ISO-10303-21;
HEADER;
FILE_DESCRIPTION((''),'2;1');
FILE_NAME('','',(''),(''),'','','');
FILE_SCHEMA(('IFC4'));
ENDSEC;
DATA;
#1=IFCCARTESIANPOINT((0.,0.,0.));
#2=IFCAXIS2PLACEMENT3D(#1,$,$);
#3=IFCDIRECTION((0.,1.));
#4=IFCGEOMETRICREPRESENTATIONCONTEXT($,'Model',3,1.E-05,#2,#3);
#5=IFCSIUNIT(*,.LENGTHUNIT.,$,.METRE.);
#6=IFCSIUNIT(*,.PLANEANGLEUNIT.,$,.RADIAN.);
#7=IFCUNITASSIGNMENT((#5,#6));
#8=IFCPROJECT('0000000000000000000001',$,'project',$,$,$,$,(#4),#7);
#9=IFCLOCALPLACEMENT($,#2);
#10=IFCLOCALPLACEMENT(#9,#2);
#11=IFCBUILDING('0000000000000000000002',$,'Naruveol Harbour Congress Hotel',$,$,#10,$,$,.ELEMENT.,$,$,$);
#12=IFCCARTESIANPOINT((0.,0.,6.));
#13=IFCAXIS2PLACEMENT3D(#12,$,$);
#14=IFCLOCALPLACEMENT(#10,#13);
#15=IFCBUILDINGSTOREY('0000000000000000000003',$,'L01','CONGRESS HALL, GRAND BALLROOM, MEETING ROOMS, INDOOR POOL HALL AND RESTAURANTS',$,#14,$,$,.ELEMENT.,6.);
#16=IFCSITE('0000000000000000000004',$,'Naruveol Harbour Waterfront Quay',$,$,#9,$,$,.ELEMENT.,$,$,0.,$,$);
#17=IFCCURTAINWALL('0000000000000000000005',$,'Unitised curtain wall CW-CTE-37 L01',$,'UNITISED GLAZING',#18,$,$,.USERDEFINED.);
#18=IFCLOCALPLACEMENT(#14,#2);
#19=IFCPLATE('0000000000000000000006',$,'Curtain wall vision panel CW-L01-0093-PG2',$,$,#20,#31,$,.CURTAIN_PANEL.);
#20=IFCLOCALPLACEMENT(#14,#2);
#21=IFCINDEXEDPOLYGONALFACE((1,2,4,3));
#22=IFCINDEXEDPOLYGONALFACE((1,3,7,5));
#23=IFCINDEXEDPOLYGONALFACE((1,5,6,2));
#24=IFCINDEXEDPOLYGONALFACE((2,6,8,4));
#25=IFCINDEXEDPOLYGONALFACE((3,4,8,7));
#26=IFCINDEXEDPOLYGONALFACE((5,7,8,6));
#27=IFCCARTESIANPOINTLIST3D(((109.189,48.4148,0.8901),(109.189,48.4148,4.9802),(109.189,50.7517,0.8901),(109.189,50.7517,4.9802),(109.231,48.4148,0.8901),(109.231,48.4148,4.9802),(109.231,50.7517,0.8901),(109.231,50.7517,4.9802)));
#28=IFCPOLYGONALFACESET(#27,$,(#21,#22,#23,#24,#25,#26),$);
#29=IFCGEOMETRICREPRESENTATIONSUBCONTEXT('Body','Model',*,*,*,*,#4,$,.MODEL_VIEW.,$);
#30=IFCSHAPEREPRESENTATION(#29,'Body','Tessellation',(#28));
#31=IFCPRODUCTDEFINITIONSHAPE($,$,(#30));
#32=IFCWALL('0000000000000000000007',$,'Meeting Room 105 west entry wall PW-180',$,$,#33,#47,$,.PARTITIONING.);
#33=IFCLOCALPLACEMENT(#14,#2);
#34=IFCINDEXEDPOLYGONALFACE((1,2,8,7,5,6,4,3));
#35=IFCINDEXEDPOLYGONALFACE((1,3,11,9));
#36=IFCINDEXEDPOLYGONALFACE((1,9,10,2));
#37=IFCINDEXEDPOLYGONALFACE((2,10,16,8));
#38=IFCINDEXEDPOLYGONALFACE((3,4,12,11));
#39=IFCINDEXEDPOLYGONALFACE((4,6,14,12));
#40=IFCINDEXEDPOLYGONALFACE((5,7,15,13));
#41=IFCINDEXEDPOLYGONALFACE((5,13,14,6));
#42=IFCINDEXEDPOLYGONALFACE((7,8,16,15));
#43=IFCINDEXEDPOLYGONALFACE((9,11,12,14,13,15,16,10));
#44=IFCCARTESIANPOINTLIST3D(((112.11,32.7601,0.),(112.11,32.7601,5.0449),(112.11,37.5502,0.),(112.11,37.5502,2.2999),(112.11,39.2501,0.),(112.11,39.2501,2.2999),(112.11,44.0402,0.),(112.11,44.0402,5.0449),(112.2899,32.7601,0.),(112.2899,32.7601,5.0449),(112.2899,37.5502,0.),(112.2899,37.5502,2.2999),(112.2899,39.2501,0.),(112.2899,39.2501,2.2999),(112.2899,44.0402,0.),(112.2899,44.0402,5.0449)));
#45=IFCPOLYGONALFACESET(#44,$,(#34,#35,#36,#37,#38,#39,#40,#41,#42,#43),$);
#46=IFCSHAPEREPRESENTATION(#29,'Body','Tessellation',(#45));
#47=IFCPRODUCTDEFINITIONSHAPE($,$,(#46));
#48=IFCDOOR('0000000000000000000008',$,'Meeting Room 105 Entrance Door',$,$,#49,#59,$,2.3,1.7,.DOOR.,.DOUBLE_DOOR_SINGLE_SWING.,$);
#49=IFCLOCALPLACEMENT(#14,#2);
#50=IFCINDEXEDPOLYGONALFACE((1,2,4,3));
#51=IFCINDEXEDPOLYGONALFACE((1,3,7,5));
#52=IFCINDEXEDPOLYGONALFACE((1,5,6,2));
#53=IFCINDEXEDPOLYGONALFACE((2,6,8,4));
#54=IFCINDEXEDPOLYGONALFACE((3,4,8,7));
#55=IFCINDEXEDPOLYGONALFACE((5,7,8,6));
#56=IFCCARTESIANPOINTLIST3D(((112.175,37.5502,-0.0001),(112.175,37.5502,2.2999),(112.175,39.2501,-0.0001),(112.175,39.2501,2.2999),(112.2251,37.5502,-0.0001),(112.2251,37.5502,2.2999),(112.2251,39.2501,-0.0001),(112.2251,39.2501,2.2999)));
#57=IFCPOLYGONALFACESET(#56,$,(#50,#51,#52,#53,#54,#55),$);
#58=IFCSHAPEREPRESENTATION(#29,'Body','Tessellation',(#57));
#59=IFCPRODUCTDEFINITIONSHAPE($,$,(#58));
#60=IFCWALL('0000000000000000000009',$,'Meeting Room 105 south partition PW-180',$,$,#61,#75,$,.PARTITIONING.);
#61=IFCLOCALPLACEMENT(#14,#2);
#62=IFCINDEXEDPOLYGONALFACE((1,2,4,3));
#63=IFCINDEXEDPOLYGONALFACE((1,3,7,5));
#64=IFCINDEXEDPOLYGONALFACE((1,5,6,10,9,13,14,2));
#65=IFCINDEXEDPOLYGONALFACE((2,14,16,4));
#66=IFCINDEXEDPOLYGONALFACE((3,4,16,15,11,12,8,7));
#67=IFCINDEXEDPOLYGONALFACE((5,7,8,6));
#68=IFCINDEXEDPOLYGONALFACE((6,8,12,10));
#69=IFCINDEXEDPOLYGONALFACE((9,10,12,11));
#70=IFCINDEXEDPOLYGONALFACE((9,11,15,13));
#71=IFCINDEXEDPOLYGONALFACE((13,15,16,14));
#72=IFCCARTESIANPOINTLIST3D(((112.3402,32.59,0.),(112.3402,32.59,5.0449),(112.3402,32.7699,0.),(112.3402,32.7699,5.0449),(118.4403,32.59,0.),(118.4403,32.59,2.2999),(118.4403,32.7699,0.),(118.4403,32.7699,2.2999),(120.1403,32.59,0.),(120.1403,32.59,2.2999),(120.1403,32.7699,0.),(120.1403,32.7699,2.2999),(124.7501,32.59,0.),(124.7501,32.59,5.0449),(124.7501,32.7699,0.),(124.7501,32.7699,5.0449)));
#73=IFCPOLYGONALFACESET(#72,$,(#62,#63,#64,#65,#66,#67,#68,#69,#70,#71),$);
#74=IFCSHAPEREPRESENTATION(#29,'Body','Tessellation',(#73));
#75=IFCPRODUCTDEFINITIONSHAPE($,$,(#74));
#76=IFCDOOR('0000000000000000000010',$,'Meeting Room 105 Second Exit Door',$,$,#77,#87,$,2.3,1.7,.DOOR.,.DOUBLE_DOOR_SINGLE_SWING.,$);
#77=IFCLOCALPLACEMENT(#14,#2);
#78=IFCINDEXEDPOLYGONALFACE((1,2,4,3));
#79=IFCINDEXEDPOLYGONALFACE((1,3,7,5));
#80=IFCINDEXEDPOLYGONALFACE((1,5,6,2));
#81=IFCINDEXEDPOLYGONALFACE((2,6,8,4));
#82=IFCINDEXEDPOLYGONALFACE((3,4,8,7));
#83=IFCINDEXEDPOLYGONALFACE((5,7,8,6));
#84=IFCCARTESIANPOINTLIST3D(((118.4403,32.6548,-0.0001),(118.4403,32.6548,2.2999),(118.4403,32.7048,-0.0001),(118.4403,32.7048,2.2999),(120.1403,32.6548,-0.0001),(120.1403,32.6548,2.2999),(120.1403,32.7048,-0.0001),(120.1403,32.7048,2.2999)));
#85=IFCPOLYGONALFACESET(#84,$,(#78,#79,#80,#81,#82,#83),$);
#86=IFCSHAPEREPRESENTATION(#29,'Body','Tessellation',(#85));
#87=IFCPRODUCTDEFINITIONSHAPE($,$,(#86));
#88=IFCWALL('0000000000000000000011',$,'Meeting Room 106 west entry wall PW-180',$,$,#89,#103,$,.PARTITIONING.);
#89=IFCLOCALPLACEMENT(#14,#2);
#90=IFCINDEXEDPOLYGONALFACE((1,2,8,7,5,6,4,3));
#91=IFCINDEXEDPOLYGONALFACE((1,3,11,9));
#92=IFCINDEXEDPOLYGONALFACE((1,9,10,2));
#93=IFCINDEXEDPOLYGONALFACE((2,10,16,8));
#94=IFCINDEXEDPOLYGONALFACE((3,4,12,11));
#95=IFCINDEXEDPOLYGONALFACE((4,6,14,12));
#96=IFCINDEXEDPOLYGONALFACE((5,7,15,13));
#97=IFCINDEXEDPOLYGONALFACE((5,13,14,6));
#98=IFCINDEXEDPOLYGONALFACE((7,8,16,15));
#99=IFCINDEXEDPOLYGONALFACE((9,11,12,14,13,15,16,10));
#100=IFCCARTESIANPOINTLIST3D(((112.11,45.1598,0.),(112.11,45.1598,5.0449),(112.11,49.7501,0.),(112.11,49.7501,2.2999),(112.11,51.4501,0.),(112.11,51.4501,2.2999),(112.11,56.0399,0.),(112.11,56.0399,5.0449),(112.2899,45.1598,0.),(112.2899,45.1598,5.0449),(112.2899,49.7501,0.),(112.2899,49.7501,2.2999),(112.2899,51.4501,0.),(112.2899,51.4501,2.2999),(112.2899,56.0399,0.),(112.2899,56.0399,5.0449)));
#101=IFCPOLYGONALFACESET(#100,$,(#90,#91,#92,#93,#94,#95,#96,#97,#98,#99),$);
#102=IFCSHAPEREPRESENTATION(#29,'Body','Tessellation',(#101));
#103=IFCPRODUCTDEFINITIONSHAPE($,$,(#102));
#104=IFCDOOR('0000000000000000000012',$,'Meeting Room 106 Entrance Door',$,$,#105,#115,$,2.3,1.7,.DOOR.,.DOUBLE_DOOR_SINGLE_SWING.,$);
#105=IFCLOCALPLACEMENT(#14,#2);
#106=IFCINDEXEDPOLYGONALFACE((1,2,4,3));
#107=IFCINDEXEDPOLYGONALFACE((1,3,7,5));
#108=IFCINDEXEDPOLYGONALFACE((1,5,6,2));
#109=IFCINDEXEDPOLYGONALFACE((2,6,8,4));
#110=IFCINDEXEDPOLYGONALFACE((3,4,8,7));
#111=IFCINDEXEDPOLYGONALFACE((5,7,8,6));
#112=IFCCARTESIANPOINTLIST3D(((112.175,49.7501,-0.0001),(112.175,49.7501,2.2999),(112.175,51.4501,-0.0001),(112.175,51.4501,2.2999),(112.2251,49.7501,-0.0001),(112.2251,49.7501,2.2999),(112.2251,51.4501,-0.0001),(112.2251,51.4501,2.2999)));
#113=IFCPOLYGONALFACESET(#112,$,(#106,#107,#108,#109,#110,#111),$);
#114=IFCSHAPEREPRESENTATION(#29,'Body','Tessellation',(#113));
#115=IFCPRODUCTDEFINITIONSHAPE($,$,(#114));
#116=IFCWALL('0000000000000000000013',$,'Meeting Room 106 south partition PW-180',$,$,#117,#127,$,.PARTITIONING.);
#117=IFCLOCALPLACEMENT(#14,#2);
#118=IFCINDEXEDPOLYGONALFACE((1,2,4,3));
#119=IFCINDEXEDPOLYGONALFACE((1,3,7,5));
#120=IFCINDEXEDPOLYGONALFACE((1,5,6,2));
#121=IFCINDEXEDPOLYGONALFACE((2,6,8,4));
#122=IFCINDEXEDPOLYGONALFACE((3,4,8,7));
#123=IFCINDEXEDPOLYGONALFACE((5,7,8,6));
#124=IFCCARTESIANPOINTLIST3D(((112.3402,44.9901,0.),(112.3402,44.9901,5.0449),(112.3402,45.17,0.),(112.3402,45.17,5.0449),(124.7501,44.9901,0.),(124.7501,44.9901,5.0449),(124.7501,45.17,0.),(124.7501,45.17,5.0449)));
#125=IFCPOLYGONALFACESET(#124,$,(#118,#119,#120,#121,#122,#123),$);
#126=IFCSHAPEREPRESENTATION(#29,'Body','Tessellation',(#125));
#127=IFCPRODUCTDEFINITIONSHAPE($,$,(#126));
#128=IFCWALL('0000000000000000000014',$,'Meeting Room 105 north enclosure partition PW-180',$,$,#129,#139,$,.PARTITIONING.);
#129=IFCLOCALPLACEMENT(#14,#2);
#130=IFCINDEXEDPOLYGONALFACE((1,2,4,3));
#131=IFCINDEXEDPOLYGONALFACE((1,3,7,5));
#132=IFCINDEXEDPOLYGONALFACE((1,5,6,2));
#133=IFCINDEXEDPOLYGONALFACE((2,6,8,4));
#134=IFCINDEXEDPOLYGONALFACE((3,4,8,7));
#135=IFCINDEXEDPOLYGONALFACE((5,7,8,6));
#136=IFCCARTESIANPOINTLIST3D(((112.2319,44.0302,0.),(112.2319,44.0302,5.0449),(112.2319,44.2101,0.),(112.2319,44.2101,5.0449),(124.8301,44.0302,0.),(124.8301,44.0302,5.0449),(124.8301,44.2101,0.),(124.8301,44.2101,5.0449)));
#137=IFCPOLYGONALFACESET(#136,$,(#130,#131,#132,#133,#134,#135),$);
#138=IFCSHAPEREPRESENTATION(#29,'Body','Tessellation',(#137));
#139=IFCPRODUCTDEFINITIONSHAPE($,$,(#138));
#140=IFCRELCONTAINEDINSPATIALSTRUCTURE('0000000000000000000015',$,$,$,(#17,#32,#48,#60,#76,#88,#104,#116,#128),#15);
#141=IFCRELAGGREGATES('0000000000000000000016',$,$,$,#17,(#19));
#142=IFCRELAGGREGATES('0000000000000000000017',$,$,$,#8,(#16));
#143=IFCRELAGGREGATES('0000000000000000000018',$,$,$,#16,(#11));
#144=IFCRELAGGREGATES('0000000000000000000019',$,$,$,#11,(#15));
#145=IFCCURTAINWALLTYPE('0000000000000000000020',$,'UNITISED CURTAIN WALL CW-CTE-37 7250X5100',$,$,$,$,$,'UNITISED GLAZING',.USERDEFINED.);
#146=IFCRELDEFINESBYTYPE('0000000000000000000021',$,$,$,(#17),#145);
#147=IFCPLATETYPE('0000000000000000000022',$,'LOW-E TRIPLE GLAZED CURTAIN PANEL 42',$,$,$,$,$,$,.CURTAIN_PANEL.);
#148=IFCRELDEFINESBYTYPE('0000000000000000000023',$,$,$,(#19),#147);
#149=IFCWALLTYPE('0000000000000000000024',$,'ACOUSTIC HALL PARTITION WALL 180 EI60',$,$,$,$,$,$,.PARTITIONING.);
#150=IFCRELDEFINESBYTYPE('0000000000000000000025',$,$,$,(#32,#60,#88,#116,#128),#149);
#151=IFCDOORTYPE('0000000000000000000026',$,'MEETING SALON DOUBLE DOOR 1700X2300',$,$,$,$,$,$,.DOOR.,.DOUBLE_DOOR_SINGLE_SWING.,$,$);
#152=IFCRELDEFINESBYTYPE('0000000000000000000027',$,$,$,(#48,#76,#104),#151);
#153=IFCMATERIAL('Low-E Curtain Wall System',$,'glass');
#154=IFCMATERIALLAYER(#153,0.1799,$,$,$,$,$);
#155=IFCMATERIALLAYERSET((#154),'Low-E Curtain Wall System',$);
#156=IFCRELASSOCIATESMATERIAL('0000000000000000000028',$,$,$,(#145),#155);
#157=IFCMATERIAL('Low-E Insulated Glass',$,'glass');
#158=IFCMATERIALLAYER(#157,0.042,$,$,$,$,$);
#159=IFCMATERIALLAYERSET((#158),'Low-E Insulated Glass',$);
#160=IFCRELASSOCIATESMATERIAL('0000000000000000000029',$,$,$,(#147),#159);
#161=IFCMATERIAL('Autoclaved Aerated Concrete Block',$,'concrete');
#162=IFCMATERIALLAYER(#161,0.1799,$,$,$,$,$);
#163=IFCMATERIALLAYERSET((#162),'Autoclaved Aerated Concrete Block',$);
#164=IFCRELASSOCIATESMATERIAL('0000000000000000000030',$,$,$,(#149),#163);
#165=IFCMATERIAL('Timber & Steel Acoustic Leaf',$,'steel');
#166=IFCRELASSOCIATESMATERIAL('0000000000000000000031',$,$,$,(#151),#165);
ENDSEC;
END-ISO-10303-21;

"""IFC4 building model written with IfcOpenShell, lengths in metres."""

from ifc_helpers import new_model, si_unit, direction, frame, frame_2d, origin, origin_2d, place, context, subcontext, project, spatial, rectangle, extrude, material, layer, layer_set, type_object, element, fill, aggregate, save


model = new_model("IFC4")

# Units and contexts
model_context = context("Model", 3, precision=1e-05, world=origin(), true_north=direction((0.0, 1.0)))
body_context = subcontext(model_context, "Body", "Model", "MODEL_VIEW")
ifc_project = project(units=[si_unit("LENGTHUNIT", "METRE"), si_unit("PLANEANGLEUNIT", "RADIAN")], contexts=[model_context])

# Site, building, storey
site_placement = place(None, origin())
site = spatial("IfcSite", under=ifc_project, at=site_placement, Name="Naruveol Harbour Waterfront Quay", CompositionType="ELEMENT", RefElevation=0.0)
building_placement = place(site_placement, origin())
building = spatial("IfcBuilding", under=site, at=building_placement, Name="Naruveol Harbour Congress Hotel", CompositionType="ELEMENT")
storey_placement = place(building_placement, frame((0.0, 0.0, 6.0)))
storey = spatial("IfcBuildingStorey", under=building, at=storey_placement, Name="L01", Description="CONGRESS HALL, GRAND BALLROOM, MEETING ROOMS, INDOOR POOL HALL AND RESTAURANTS", CompositionType="ELEMENT", Elevation=6.0)

# Curtain wall
ifc_material_1 = material(Name="Low-E Curtain Wall System", Category="glass")
ifc_layer_1 = layer(ifc_material_1, 0.1799)
ifc_layer_set_1 = layer_set([ifc_layer_1], Name="Low-E Curtain Wall System")
curtain_wall_type = type_object("IfcCurtainWallType", Name="UNITISED CURTAIN WALL CW-CTE-37 7250X5100", ElementType="UNITISED GLAZING", PredefinedType="USERDEFINED", material=ifc_layer_set_1)
curtain_wall_1_placement = place(storey_placement, origin())
curtain_wall_1 = element("IfcCurtainWall", 1, at=curtain_wall_1_placement, inside=storey, type_object=curtain_wall_type, Name="Unitised curtain wall CW-CTE-37 L01", ObjectType="UNITISED GLAZING", PredefinedType="USERDEFINED")

# Plate
ifc_material_2 = material(Name="Low-E Insulated Glass", Category="glass")
ifc_layer_2 = layer(ifc_material_2, 0.042)
ifc_layer_set_2 = layer_set([ifc_layer_2], Name="Low-E Insulated Glass")
plate_type_1 = type_object("IfcPlateType", Name="LOW-E TRIPLE GLAZED CURTAIN PANEL 42", PredefinedType="CURTAIN_PANEL", material=ifc_layer_set_2)
plate_1_placement = place(storey_placement, frame((109.21, 49.5833, 0.8901), z_axis=(0.0, 0.0, 1.0), x_axis=(0.0, -1.0, 0.0)))
plate_1 = element("IfcPlate", 2, at=plate_1_placement, type_object=plate_type_1, Name="Curtain wall vision panel CW-L01-0093-PG2", PredefinedType="CURTAIN_PANEL", context=body_context, shape_type="SweptSolid", body=[
    extrude(rectangle(XDim=2.3369, YDim=0.042, at=origin_2d()), origin(), (0.0, 0.0, 1.0), 4.0901),
])
aggregate(curtain_wall_1, [plate_1])

# Walls, openings, doors
ifc_material_3 = material(Name="Autoclaved Aerated Concrete Block", Category="concrete")
ifc_layer_3 = layer(ifc_material_3, 0.1799)
ifc_layer_set_3 = layer_set([ifc_layer_3], Name="Autoclaved Aerated Concrete Block")
wall_type = type_object("IfcWallType", Name="ACOUSTIC HALL PARTITION WALL 180 EI60", PredefinedType="PARTITIONING", material=ifc_layer_set_3)
wall_1_placement = place(storey_placement, frame((112.2, 32.76, 0.0), z_axis=(0.0, 0.0, 1.0), x_axis=(0.0, 1.0, 0.0)))
wall_1 = element("IfcWall", 3, at=wall_1_placement, inside=storey, type_object=wall_type, Name="Meeting Room 105 west entry wall PW-180", PredefinedType="PARTITIONING", context=body_context, shape_type="SweptSolid", body=[
    extrude(rectangle(XDim=11.28, YDim=0.1799, at=frame_2d((5.6401, 0.0))), origin(), (0.0, 0.0, 1.0), 5.0449),
])
opening_1_placement = place(wall_1_placement, frame((4.79, 0.0, 0.0)))
opening_1 = element("IfcOpeningElement", 4, at=opening_1_placement, cuts=wall_1, PredefinedType="OPENING", context=body_context, shape_type="SweptSolid", body=[
    extrude(rectangle(XDim=1.7, YDim=2.3, at=frame_2d((0.8501, 1.1499))), frame((0.0, 0.0999, 0.0), z_axis=(0.0, -1.0, 0.0), x_axis=(1.0, 0.0, 0.0)), (0.0, 0.0, 1.0), 0.2),
])
ifc_material_4 = material(Name="Timber & Steel Acoustic Leaf", Category="steel")
door_type = type_object("IfcDoorType", Name="MEETING SALON DOUBLE DOOR 1700X2300", OperationType="DOUBLE_DOOR_SINGLE_SWING", PredefinedType="DOOR", material=ifc_material_4)
door_1_placement = place(opening_1_placement, origin())
door_1 = element("IfcDoor", 5, at=door_1_placement, inside=storey, type_object=door_type, Name="Meeting Room 105 Entrance Door", OperationType="DOUBLE_DOOR_SINGLE_SWING", OverallHeight=2.3, OverallWidth=1.7, PredefinedType="DOOR", context=body_context, shape_type="SweptSolid", body=[
    extrude(rectangle(XDim=1.7, YDim=2.3, at=frame_2d((0.8501, 1.1499))), frame((0.0, 0.0249, 0.0), z_axis=(0.0, -1.0, 0.0), x_axis=(1.0, 0.0, 0.0)), (0.0, 0.0, 1.0), 0.05),
])
fill(opening_1, door_1)
wall_2_placement = place(storey_placement, frame((112.3401, 32.6799, 0.0), z_axis=(0.0, 0.0, 1.0), x_axis=(1.0, 0.0, 0.0)))
wall_2 = element("IfcWall", 6, at=wall_2_placement, inside=storey, type_object=wall_type, Name="Meeting Room 105 south partition PW-180", PredefinedType="PARTITIONING", context=body_context, shape_type="SweptSolid", body=[
    extrude(rectangle(XDim=12.4099, YDim=0.1799, at=frame_2d((6.2051, 0.0))), origin(), (0.0, 0.0, 1.0), 5.0449),
])
opening_2_placement = place(wall_2_placement, frame((6.1001, 0.0, 0.0)))
opening_2 = element("IfcOpeningElement", 7, at=opening_2_placement, cuts=wall_2, PredefinedType="OPENING", context=body_context, shape_type="SweptSolid", body=[
    extrude(rectangle(XDim=1.7, YDim=2.3, at=frame_2d((0.8501, 1.1499))), frame((0.0, 0.0999, 0.0), z_axis=(0.0, -1.0, 0.0), x_axis=(1.0, 0.0, 0.0)), (0.0, 0.0, 1.0), 0.2),
])
door_2_placement = place(opening_2_placement, origin())
door_2 = element("IfcDoor", 8, at=door_2_placement, inside=storey, type_object=door_type, Name="Meeting Room 105 Second Exit Door", OperationType="DOUBLE_DOOR_SINGLE_SWING", OverallHeight=2.3, OverallWidth=1.7, PredefinedType="DOOR", context=body_context, shape_type="SweptSolid", body=[
    extrude(rectangle(XDim=1.7, YDim=2.3, at=frame_2d((0.8501, 1.1499))), frame((0.0, 0.0249, 0.0), z_axis=(0.0, -1.0, 0.0), x_axis=(1.0, 0.0, 0.0)), (0.0, 0.0, 1.0), 0.05),
])
fill(opening_2, door_2)
wall_3_placement = place(storey_placement, frame((112.2, 45.1599, 0.0), z_axis=(0.0, 0.0, 1.0), x_axis=(0.0, 1.0, 0.0)))
wall_3 = element("IfcWall", 9, at=wall_3_placement, inside=storey, type_object=wall_type, Name="Meeting Room 106 west entry wall PW-180", PredefinedType="PARTITIONING", context=body_context, shape_type="SweptSolid", body=[
    extrude(rectangle(XDim=10.8801, YDim=0.1799, at=frame_2d((5.4399, 0.0))), origin(), (0.0, 0.0, 1.0), 5.0449),
])
opening_3_placement = place(wall_3_placement, frame((4.5901, 0.0, 0.0)))
opening_3 = element("IfcOpeningElement", 10, at=opening_3_placement, cuts=wall_3, PredefinedType="OPENING", context=body_context, shape_type="SweptSolid", body=[
    extrude(rectangle(XDim=1.7, YDim=2.3, at=frame_2d((0.8501, 1.1499))), frame((0.0, 0.0999, 0.0), z_axis=(0.0, -1.0, 0.0), x_axis=(1.0, 0.0, 0.0)), (0.0, 0.0, 1.0), 0.2),
])
door_3_placement = place(opening_3_placement, origin())
door_3 = element("IfcDoor", 11, at=door_3_placement, inside=storey, type_object=door_type, Name="Meeting Room 106 Entrance Door", OperationType="DOUBLE_DOOR_SINGLE_SWING", OverallHeight=2.3, OverallWidth=1.7, PredefinedType="DOOR", context=body_context, shape_type="SweptSolid", body=[
    extrude(rectangle(XDim=1.7, YDim=2.3, at=frame_2d((0.8501, 1.1499))), frame((0.0, 0.0249, 0.0), z_axis=(0.0, -1.0, 0.0), x_axis=(1.0, 0.0, 0.0)), (0.0, 0.0, 1.0), 0.05),
])
fill(opening_3, door_3)

# Walls
wall_4_placement = place(storey_placement, frame((112.3401, 45.0801, 0.0), z_axis=(0.0, 0.0, 1.0), x_axis=(1.0, 0.0, 0.0)))
element("IfcWall", 12, at=wall_4_placement, inside=storey, type_object=wall_type, Name="Meeting Room 106 south partition PW-180", PredefinedType="PARTITIONING", context=body_context, shape_type="SweptSolid", body=[
    extrude(rectangle(XDim=12.4099, YDim=0.1799, at=frame_2d((6.2051, 0.0))), origin(), (0.0, 0.0, 1.0), 5.0449),
])
wall_5_placement = place(storey_placement, frame((112.2319, 44.1201, 0.0), z_axis=(0.0, 0.0, 1.0), x_axis=(1.0, 0.0, 0.0)))
element("IfcWall", 13, at=wall_5_placement, inside=storey, type_object=wall_type, Name="Meeting Room 105 north enclosure partition PW-180", PredefinedType="PARTITIONING", context=body_context, shape_type="SweptSolid", body=[
    extrude(rectangle(XDim=12.5981, YDim=0.1799, at=frame_2d((6.2991, 0.0))), origin(), (0.0, 0.0, 1.0), 5.0449),
])

save(model, "model.ifc")
